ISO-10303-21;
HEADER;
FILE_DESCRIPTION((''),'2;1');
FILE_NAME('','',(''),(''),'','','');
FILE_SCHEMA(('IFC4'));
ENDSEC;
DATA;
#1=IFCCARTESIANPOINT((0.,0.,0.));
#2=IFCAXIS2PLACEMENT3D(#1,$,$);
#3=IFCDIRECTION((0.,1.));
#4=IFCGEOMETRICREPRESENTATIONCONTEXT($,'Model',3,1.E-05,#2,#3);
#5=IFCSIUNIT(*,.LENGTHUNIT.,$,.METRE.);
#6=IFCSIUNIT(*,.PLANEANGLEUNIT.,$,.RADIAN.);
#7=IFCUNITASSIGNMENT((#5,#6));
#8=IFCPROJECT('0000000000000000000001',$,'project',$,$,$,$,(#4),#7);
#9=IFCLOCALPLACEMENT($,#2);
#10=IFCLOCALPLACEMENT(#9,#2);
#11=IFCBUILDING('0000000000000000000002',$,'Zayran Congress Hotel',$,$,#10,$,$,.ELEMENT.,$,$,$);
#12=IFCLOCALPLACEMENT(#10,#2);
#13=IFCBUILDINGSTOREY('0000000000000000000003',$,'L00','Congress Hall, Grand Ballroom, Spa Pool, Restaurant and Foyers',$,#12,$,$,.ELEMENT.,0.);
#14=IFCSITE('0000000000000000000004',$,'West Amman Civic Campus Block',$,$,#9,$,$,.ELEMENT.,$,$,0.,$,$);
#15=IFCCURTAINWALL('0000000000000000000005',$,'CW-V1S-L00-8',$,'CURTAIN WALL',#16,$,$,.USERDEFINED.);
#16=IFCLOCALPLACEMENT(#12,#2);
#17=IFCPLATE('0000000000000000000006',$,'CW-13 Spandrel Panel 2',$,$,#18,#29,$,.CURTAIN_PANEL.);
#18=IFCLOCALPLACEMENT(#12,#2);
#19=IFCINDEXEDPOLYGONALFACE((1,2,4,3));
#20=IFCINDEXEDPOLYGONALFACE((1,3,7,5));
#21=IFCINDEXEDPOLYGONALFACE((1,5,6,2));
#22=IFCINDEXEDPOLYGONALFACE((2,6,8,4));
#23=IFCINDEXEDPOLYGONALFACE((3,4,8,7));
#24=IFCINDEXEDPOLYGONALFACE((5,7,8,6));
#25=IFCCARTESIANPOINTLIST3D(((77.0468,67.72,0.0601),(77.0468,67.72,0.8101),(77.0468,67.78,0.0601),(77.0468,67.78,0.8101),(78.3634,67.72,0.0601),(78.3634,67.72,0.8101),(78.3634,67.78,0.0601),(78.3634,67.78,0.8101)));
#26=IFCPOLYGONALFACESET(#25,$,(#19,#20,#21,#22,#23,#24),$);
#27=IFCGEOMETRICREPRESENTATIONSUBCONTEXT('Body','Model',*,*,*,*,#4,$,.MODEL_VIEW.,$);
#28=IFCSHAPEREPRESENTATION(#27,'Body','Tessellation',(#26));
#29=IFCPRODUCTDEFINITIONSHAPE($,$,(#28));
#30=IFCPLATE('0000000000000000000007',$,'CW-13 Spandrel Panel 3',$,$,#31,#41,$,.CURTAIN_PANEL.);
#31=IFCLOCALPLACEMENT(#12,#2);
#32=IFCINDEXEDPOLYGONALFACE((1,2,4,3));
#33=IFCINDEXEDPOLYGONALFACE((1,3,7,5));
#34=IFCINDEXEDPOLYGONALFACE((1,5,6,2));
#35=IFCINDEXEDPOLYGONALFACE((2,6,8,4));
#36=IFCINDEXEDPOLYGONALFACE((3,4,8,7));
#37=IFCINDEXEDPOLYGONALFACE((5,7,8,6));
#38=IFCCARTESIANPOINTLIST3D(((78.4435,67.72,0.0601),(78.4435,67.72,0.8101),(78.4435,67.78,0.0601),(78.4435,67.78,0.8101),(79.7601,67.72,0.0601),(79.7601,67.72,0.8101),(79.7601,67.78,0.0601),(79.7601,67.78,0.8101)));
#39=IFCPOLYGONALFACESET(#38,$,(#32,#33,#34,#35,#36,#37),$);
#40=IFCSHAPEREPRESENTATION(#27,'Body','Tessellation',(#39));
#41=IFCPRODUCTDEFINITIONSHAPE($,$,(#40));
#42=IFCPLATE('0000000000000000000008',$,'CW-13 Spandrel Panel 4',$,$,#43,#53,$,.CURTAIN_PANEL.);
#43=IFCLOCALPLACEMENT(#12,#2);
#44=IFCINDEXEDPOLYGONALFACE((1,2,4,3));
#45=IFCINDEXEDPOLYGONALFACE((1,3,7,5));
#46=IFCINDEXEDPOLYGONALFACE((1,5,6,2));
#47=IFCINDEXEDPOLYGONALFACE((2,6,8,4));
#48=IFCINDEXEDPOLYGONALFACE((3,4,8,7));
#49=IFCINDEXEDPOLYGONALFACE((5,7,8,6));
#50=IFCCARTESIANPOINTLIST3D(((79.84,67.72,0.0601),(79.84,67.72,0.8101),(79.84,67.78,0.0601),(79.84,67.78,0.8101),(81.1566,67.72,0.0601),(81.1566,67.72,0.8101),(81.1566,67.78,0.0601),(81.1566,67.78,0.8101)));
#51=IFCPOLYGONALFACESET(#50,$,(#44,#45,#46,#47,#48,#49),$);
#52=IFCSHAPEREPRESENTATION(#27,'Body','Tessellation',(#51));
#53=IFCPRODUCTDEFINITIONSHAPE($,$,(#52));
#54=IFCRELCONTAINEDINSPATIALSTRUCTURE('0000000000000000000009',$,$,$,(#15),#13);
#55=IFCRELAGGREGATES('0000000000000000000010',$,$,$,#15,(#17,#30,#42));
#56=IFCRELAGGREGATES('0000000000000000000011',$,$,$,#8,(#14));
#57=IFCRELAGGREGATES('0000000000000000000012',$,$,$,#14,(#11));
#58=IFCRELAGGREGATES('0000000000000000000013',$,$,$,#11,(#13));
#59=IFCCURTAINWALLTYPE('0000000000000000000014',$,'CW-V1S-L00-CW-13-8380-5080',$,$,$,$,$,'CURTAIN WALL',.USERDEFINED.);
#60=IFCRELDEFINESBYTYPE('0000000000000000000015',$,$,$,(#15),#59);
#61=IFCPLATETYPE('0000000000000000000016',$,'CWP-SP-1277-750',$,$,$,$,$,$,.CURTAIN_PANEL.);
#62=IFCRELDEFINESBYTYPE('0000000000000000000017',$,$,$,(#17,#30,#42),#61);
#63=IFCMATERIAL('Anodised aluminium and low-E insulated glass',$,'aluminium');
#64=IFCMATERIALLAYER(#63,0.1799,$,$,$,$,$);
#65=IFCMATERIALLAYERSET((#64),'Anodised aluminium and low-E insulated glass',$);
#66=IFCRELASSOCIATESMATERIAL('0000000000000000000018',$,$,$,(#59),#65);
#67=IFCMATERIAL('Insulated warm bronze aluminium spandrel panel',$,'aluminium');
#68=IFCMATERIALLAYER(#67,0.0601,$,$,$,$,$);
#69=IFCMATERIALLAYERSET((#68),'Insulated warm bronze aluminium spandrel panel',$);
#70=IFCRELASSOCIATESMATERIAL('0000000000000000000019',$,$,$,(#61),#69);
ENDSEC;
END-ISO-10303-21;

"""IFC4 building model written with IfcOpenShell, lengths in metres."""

from ifc_helpers import new_model, si_unit, direction, frame, origin, origin_2d, place, context, subcontext, project, spatial, rectangle, extrude, material, layer, layer_set, type_object, element, aggregate, save


model = new_model("IFC4")

# Units and contexts
model_context = context("Model", 3, precision=1e-05, world=origin(), true_north=direction((0.0, 1.0)))
body_context = subcontext(model_context, "Body", "Model", "MODEL_VIEW")
ifc_project = project(units=[si_unit("LENGTHUNIT", "METRE"), si_unit("PLANEANGLEUNIT", "RADIAN")], contexts=[model_context])

# Site, building, storey
site_placement = place(None, origin())
site = spatial("IfcSite", under=ifc_project, at=site_placement, Name="West Amman Civic Campus Block", CompositionType="ELEMENT", RefElevation=0.0)
building_placement = place(site_placement, origin())
building = spatial("IfcBuilding", under=site, at=building_placement, Name="Zayran Congress Hotel", CompositionType="ELEMENT")
storey_placement = place(building_placement, origin())
storey = spatial("IfcBuildingStorey", under=building, at=storey_placement, Name="L00", Description="Congress Hall, Grand Ballroom, Spa Pool, Restaurant and Foyers", CompositionType="ELEMENT", Elevation=0.0)

# Curtain wall
ifc_material_1 = material(Name="Anodised aluminium and low-E insulated glass", Category="aluminium")
ifc_layer_1 = layer(ifc_material_1, 0.1799)
ifc_layer_set_1 = layer_set([ifc_layer_1], Name="Anodised aluminium and low-E insulated glass")
curtain_wall_type_1 = type_object("IfcCurtainWallType", Name="CW-V1S-L00-CW-13-8380-5080", ElementType="CURTAIN WALL", PredefinedType="USERDEFINED", material=ifc_layer_set_1)
curtain_wall_1_placement = place(storey_placement, origin())
curtain_wall_1 = element("IfcCurtainWall", 1, at=curtain_wall_1_placement, inside=storey, type_object=curtain_wall_type_1, Name="CW-V1S-L00-8", ObjectType="CURTAIN WALL", PredefinedType="USERDEFINED")

# Plates
ifc_material_2 = material(Name="Insulated warm bronze aluminium spandrel panel", Category="aluminium")
ifc_layer_2 = layer(ifc_material_2, 0.0601)
ifc_layer_set_2 = layer_set([ifc_layer_2], Name="Insulated warm bronze aluminium spandrel panel")
plate_type_1 = type_object("IfcPlateType", Name="CWP-SP-1277-750", PredefinedType="CURTAIN_PANEL", material=ifc_layer_set_2)
plate_1_placement = place(storey_placement, frame((77.7051, 67.75, 0.0601), z_axis=(0.0, 0.0, 1.0), x_axis=(1.0, 0.0, 0.0)))
plate_1 = element("IfcPlate", 2, at=plate_1_placement, type_object=plate_type_1, Name="CW-13 Spandrel Panel 2", PredefinedType="CURTAIN_PANEL", context=body_context, shape_type="SweptSolid", body=[
    extrude(rectangle(XDim=1.3167, YDim=0.0601, at=origin_2d()), origin(), (0.0, 0.0, 1.0), 0.75),
])
plate_2_placement = place(storey_placement, frame((79.1018, 67.75, 0.0601), z_axis=(0.0, 0.0, 1.0), x_axis=(1.0, 0.0, 0.0)))
plate_2 = element("IfcPlate", 3, at=plate_2_placement, type_object=plate_type_1, Name="CW-13 Spandrel Panel 3", PredefinedType="CURTAIN_PANEL", context=body_context, shape_type="SweptSolid", body=[
    extrude(rectangle(XDim=1.3167, YDim=0.0601, at=origin_2d()), origin(), (0.0, 0.0, 1.0), 0.75),
])
plate_3_placement = place(storey_placement, frame((80.4983, 67.75, 0.0601), z_axis=(0.0, 0.0, 1.0), x_axis=(1.0, 0.0, 0.0)))
plate_3 = element("IfcPlate", 4, at=plate_3_placement, type_object=plate_type_1, Name="CW-13 Spandrel Panel 4", PredefinedType="CURTAIN_PANEL", context=body_context, shape_type="SweptSolid", body=[
    extrude(rectangle(XDim=1.3167, YDim=0.0601, at=origin_2d()), origin(), (0.0, 0.0, 1.0), 0.75),
])
aggregate(curtain_wall_1, [plate_1, plate_2, plate_3])

save(model, "model.ifc")
